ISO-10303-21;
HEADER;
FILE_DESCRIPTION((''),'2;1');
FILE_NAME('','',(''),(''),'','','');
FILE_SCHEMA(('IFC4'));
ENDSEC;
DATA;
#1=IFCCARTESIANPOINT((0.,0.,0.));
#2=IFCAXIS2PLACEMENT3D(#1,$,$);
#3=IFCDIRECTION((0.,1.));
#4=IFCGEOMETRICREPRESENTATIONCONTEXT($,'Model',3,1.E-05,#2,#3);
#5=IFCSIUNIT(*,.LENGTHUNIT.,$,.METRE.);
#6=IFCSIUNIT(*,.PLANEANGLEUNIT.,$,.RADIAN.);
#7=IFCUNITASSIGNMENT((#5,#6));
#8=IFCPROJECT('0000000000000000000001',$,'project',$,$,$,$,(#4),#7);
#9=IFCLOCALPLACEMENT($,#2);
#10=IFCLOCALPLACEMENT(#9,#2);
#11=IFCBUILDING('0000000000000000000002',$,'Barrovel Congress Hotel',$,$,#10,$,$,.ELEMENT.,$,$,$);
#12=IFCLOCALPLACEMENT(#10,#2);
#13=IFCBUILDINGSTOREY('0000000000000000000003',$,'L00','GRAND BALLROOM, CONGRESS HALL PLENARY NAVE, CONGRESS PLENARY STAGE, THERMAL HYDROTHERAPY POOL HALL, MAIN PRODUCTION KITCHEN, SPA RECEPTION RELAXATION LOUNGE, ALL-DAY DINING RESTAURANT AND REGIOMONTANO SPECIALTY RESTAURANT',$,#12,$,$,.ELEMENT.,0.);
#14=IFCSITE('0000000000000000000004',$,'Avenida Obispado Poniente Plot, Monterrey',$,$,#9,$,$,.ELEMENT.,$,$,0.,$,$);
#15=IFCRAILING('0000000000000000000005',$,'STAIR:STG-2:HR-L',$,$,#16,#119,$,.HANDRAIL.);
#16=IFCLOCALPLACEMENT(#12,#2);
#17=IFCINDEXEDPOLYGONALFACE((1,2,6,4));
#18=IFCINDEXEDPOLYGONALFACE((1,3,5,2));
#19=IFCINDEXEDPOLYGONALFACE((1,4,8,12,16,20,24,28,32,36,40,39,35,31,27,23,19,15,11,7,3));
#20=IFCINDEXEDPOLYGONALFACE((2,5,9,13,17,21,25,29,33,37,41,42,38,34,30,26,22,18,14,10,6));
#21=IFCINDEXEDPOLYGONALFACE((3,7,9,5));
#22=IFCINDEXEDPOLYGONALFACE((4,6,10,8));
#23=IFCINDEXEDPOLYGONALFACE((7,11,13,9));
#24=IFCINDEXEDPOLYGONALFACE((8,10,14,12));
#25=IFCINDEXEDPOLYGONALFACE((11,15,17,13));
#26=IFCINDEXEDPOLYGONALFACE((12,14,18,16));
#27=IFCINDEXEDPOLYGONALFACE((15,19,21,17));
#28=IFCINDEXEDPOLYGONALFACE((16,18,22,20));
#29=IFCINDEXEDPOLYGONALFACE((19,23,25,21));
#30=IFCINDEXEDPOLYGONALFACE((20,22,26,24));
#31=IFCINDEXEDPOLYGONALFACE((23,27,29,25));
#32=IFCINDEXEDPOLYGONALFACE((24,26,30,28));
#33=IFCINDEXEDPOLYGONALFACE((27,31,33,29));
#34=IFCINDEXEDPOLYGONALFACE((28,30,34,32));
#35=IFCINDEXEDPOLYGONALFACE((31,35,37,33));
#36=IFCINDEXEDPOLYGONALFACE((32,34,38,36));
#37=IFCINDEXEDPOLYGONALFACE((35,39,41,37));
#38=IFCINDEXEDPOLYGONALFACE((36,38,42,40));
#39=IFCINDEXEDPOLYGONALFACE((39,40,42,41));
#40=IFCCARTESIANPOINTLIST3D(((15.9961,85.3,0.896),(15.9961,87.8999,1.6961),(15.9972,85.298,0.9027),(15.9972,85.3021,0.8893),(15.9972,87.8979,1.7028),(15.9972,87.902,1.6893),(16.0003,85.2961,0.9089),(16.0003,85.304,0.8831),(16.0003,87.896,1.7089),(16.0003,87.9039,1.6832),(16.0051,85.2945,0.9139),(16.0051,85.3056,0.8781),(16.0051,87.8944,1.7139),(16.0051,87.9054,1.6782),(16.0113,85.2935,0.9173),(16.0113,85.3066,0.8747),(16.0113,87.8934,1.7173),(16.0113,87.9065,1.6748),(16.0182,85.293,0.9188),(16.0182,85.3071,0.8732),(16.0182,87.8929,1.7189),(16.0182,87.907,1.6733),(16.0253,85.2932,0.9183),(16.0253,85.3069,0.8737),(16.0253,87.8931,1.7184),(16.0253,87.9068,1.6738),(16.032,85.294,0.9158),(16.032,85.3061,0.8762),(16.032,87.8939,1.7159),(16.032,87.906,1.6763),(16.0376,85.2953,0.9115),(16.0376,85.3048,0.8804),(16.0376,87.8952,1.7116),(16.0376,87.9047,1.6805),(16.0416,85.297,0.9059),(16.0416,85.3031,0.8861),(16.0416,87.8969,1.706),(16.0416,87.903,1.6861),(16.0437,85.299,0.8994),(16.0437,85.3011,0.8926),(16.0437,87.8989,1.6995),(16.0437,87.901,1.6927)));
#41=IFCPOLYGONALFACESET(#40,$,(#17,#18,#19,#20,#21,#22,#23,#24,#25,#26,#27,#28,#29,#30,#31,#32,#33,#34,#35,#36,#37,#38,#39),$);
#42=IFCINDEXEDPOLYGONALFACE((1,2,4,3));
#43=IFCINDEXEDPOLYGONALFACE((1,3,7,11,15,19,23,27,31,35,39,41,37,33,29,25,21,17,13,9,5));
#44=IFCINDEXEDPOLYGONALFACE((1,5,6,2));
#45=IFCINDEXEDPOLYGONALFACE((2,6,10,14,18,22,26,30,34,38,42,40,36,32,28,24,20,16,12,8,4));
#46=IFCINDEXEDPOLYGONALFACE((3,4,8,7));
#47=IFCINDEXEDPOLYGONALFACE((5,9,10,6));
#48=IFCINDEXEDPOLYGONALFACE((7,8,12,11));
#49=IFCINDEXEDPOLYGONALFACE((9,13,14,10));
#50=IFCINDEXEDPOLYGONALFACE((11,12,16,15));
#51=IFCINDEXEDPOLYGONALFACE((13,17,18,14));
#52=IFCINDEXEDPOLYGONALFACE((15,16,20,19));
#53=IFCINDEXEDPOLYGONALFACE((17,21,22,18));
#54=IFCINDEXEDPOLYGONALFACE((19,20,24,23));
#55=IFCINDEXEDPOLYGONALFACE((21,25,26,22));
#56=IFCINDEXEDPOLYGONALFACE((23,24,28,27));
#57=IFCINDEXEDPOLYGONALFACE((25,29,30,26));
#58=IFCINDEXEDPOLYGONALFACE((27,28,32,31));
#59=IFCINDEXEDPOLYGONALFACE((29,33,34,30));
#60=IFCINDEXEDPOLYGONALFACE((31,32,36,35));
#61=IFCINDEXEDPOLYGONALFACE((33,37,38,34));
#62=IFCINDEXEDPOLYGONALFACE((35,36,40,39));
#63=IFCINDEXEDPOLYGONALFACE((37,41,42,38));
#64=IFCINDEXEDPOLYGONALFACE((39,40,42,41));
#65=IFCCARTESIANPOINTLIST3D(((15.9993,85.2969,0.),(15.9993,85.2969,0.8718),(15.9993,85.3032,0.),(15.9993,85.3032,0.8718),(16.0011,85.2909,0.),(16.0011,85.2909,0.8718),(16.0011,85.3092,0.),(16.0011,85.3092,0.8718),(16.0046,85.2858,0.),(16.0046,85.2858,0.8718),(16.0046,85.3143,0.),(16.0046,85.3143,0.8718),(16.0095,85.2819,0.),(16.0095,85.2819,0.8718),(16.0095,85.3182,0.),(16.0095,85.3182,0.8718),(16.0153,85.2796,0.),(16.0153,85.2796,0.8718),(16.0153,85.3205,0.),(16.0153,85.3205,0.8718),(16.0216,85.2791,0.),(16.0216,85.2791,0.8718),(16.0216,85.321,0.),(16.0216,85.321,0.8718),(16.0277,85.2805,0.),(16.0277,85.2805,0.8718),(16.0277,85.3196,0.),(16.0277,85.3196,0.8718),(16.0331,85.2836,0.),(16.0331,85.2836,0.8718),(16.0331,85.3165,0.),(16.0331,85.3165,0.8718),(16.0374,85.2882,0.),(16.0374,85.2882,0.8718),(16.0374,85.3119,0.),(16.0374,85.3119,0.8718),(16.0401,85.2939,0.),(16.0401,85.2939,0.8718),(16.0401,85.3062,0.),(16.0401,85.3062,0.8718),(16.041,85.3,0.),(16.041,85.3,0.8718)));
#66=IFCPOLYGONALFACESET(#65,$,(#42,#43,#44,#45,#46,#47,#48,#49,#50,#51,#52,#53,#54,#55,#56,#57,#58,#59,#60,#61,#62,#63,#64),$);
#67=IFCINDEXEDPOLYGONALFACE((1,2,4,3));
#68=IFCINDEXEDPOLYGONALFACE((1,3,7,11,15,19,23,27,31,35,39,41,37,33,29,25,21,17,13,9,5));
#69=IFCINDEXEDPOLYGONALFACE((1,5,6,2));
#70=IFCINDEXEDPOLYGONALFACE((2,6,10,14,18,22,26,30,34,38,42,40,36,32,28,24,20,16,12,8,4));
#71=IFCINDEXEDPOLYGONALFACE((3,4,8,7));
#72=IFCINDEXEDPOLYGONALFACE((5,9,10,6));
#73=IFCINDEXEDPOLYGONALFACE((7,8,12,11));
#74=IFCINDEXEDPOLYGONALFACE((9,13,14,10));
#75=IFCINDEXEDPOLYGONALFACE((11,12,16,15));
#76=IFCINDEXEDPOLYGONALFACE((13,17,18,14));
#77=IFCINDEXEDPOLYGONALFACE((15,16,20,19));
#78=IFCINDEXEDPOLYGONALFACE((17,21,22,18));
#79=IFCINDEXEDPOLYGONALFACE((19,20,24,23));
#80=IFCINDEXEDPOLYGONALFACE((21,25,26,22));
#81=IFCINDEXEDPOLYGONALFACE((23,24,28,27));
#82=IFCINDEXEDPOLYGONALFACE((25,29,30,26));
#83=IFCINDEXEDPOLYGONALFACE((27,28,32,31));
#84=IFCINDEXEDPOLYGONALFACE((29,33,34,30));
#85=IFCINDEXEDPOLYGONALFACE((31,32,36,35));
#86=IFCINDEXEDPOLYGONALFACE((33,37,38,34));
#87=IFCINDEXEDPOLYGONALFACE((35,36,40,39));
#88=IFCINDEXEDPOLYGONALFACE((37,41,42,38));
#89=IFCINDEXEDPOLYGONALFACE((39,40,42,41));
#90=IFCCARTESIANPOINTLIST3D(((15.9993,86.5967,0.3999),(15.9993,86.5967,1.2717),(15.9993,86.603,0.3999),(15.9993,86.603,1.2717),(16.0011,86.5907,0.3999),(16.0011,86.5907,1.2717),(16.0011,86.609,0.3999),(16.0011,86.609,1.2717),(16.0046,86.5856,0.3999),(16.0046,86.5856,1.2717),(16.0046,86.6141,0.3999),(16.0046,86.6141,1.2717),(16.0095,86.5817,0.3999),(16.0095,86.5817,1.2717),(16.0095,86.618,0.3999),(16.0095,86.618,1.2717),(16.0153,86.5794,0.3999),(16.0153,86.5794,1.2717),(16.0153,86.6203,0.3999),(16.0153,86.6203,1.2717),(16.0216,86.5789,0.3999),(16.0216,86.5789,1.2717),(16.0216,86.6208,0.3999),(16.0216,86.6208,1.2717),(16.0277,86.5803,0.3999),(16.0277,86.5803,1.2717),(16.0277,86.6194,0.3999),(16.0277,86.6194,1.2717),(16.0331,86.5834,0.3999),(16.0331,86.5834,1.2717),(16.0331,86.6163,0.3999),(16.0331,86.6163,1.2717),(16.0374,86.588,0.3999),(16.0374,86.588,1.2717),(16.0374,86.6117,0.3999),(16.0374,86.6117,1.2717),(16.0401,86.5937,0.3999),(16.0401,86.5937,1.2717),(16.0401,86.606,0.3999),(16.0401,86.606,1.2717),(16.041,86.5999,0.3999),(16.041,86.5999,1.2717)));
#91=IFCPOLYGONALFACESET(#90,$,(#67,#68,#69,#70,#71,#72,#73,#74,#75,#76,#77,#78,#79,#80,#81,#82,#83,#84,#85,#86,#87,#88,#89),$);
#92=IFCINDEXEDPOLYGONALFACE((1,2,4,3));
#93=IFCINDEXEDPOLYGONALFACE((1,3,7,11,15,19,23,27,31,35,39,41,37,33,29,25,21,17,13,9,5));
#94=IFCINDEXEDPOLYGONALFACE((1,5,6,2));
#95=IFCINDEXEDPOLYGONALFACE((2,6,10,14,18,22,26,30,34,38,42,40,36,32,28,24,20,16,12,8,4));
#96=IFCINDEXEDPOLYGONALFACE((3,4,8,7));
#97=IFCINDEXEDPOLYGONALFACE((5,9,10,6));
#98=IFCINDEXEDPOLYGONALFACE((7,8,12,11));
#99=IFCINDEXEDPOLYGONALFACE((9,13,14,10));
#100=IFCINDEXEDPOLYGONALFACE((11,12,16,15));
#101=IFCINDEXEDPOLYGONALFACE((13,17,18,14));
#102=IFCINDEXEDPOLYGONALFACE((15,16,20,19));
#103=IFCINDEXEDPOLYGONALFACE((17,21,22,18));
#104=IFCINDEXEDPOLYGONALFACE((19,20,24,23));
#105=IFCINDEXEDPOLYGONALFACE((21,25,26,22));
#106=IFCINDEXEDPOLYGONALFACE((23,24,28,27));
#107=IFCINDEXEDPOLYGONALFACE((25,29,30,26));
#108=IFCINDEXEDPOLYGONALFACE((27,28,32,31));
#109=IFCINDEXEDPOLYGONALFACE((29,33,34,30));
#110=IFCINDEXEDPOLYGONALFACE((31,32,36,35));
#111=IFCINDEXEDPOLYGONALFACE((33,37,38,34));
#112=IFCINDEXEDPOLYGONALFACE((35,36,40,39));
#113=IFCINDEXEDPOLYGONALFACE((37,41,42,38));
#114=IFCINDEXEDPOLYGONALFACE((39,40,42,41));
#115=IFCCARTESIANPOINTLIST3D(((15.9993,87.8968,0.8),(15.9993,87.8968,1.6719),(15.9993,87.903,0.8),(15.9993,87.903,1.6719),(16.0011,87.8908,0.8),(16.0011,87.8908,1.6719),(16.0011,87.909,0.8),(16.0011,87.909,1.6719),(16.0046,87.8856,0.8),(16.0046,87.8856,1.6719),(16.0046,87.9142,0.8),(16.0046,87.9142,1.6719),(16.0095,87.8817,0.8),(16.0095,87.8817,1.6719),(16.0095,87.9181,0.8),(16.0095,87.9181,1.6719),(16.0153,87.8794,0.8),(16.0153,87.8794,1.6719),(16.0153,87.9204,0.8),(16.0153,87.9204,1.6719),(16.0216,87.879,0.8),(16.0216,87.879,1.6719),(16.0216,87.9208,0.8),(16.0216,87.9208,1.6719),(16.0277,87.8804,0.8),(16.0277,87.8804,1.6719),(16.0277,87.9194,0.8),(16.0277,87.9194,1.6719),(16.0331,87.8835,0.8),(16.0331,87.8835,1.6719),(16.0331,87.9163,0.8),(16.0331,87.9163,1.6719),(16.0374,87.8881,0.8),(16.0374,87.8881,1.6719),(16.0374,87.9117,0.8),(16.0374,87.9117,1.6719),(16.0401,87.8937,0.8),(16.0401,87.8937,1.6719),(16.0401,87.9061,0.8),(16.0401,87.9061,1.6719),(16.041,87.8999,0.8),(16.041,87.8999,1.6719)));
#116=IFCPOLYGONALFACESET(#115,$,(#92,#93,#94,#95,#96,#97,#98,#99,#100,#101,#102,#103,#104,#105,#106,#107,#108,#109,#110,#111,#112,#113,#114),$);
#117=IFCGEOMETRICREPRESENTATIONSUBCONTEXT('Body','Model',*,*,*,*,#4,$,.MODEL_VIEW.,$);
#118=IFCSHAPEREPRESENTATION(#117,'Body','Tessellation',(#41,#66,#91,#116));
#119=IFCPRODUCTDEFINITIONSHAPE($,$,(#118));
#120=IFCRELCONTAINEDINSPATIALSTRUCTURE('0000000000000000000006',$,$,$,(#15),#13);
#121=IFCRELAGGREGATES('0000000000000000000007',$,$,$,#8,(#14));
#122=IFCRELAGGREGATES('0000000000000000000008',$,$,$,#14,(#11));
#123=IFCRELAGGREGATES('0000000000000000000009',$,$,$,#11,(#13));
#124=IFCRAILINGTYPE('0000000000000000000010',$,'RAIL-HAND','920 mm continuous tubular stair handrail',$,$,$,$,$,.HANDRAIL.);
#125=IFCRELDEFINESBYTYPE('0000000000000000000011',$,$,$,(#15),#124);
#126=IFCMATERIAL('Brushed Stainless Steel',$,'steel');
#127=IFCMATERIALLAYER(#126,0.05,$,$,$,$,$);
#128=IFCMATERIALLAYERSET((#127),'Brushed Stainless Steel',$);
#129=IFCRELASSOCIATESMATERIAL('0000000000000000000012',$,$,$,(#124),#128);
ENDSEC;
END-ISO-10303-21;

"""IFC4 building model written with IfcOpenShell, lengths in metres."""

from ifc_helpers import new_model, si_unit, direction, frame, origin, origin_2d, place, context, subcontext, project, spatial, circle, extrude, material, layer, layer_set, type_object, element, save


model = new_model("IFC4")

# Units and contexts
model_context = context("Model", 3, precision=1e-05, world=origin(), true_north=direction((0.0, 1.0)))
body_context = subcontext(model_context, "Body", "Model", "MODEL_VIEW")
ifc_project = project(units=[si_unit("LENGTHUNIT", "METRE"), si_unit("PLANEANGLEUNIT", "RADIAN")], contexts=[model_context])

# Site, building, storey
site_placement = place(None, origin())
site = spatial("IfcSite", under=ifc_project, at=site_placement, Name="Avenida Obispado Poniente Plot, Monterrey", CompositionType="ELEMENT", RefElevation=0.0)
building_placement = place(site_placement, origin())
building = spatial("IfcBuilding", under=site, at=building_placement, Name="Barrovel Congress Hotel", CompositionType="ELEMENT")
storey_placement = place(building_placement, origin())
storey = spatial("IfcBuildingStorey", under=building, at=storey_placement, Name="L00", Description="GRAND BALLROOM, CONGRESS HALL PLENARY NAVE, CONGRESS PLENARY STAGE, THERMAL HYDROTHERAPY POOL HALL, MAIN PRODUCTION KITCHEN, SPA RECEPTION RELAXATION LOUNGE, ALL-DAY DINING RESTAURANT AND REGIOMONTANO SPECIALTY RESTAURANT", CompositionType="ELEMENT", Elevation=0.0)

# Railing
ifc_material_1 = material(Name="Brushed Stainless Steel", Category="steel")
ifc_layer_1 = layer(ifc_material_1, 0.05)
ifc_layer_set_1 = layer_set([ifc_layer_1], Name="Brushed Stainless Steel")
railing_type = type_object("IfcRailingType", Name="RAIL-HAND", Description="920 mm continuous tubular stair handrail", PredefinedType="HANDRAIL", material=ifc_layer_set_1)
for number, where, name in (
    (1, (16.02, 85.3, 0.0), "STAIR:STG-2:HR-L"),
):
    element("IfcRailing", number, at=place(storey_placement, frame(where)), inside=storey, type_object=railing_type, Name=name, PredefinedType="HANDRAIL", context=body_context, shape_type="SweptSolid", body=[
        extrude(circle(Radius=0.0239, at=origin_2d()), frame((0.0, 0.0, 0.896), z_axis=(0.0, 0.955769, 0.294117), x_axis=(-1.0, 0.0, 0.0)), (0.0, 0.0, 1.0), 2.7202),
        extrude(circle(Radius=0.021, at=origin_2d()), origin(), (0.0, 0.0, 1.0), 0.8718),
        extrude(circle(Radius=0.021, at=origin_2d()), frame((0.0, 1.2998, 0.3999)), (0.0, 0.0, 1.0), 0.8718),
        extrude(circle(Radius=0.021, at=origin_2d()), frame((0.0, 2.5999, 0.8)), (0.0, 0.0, 1.0), 0.8718),
    ])

save(model, "model.ifc")
